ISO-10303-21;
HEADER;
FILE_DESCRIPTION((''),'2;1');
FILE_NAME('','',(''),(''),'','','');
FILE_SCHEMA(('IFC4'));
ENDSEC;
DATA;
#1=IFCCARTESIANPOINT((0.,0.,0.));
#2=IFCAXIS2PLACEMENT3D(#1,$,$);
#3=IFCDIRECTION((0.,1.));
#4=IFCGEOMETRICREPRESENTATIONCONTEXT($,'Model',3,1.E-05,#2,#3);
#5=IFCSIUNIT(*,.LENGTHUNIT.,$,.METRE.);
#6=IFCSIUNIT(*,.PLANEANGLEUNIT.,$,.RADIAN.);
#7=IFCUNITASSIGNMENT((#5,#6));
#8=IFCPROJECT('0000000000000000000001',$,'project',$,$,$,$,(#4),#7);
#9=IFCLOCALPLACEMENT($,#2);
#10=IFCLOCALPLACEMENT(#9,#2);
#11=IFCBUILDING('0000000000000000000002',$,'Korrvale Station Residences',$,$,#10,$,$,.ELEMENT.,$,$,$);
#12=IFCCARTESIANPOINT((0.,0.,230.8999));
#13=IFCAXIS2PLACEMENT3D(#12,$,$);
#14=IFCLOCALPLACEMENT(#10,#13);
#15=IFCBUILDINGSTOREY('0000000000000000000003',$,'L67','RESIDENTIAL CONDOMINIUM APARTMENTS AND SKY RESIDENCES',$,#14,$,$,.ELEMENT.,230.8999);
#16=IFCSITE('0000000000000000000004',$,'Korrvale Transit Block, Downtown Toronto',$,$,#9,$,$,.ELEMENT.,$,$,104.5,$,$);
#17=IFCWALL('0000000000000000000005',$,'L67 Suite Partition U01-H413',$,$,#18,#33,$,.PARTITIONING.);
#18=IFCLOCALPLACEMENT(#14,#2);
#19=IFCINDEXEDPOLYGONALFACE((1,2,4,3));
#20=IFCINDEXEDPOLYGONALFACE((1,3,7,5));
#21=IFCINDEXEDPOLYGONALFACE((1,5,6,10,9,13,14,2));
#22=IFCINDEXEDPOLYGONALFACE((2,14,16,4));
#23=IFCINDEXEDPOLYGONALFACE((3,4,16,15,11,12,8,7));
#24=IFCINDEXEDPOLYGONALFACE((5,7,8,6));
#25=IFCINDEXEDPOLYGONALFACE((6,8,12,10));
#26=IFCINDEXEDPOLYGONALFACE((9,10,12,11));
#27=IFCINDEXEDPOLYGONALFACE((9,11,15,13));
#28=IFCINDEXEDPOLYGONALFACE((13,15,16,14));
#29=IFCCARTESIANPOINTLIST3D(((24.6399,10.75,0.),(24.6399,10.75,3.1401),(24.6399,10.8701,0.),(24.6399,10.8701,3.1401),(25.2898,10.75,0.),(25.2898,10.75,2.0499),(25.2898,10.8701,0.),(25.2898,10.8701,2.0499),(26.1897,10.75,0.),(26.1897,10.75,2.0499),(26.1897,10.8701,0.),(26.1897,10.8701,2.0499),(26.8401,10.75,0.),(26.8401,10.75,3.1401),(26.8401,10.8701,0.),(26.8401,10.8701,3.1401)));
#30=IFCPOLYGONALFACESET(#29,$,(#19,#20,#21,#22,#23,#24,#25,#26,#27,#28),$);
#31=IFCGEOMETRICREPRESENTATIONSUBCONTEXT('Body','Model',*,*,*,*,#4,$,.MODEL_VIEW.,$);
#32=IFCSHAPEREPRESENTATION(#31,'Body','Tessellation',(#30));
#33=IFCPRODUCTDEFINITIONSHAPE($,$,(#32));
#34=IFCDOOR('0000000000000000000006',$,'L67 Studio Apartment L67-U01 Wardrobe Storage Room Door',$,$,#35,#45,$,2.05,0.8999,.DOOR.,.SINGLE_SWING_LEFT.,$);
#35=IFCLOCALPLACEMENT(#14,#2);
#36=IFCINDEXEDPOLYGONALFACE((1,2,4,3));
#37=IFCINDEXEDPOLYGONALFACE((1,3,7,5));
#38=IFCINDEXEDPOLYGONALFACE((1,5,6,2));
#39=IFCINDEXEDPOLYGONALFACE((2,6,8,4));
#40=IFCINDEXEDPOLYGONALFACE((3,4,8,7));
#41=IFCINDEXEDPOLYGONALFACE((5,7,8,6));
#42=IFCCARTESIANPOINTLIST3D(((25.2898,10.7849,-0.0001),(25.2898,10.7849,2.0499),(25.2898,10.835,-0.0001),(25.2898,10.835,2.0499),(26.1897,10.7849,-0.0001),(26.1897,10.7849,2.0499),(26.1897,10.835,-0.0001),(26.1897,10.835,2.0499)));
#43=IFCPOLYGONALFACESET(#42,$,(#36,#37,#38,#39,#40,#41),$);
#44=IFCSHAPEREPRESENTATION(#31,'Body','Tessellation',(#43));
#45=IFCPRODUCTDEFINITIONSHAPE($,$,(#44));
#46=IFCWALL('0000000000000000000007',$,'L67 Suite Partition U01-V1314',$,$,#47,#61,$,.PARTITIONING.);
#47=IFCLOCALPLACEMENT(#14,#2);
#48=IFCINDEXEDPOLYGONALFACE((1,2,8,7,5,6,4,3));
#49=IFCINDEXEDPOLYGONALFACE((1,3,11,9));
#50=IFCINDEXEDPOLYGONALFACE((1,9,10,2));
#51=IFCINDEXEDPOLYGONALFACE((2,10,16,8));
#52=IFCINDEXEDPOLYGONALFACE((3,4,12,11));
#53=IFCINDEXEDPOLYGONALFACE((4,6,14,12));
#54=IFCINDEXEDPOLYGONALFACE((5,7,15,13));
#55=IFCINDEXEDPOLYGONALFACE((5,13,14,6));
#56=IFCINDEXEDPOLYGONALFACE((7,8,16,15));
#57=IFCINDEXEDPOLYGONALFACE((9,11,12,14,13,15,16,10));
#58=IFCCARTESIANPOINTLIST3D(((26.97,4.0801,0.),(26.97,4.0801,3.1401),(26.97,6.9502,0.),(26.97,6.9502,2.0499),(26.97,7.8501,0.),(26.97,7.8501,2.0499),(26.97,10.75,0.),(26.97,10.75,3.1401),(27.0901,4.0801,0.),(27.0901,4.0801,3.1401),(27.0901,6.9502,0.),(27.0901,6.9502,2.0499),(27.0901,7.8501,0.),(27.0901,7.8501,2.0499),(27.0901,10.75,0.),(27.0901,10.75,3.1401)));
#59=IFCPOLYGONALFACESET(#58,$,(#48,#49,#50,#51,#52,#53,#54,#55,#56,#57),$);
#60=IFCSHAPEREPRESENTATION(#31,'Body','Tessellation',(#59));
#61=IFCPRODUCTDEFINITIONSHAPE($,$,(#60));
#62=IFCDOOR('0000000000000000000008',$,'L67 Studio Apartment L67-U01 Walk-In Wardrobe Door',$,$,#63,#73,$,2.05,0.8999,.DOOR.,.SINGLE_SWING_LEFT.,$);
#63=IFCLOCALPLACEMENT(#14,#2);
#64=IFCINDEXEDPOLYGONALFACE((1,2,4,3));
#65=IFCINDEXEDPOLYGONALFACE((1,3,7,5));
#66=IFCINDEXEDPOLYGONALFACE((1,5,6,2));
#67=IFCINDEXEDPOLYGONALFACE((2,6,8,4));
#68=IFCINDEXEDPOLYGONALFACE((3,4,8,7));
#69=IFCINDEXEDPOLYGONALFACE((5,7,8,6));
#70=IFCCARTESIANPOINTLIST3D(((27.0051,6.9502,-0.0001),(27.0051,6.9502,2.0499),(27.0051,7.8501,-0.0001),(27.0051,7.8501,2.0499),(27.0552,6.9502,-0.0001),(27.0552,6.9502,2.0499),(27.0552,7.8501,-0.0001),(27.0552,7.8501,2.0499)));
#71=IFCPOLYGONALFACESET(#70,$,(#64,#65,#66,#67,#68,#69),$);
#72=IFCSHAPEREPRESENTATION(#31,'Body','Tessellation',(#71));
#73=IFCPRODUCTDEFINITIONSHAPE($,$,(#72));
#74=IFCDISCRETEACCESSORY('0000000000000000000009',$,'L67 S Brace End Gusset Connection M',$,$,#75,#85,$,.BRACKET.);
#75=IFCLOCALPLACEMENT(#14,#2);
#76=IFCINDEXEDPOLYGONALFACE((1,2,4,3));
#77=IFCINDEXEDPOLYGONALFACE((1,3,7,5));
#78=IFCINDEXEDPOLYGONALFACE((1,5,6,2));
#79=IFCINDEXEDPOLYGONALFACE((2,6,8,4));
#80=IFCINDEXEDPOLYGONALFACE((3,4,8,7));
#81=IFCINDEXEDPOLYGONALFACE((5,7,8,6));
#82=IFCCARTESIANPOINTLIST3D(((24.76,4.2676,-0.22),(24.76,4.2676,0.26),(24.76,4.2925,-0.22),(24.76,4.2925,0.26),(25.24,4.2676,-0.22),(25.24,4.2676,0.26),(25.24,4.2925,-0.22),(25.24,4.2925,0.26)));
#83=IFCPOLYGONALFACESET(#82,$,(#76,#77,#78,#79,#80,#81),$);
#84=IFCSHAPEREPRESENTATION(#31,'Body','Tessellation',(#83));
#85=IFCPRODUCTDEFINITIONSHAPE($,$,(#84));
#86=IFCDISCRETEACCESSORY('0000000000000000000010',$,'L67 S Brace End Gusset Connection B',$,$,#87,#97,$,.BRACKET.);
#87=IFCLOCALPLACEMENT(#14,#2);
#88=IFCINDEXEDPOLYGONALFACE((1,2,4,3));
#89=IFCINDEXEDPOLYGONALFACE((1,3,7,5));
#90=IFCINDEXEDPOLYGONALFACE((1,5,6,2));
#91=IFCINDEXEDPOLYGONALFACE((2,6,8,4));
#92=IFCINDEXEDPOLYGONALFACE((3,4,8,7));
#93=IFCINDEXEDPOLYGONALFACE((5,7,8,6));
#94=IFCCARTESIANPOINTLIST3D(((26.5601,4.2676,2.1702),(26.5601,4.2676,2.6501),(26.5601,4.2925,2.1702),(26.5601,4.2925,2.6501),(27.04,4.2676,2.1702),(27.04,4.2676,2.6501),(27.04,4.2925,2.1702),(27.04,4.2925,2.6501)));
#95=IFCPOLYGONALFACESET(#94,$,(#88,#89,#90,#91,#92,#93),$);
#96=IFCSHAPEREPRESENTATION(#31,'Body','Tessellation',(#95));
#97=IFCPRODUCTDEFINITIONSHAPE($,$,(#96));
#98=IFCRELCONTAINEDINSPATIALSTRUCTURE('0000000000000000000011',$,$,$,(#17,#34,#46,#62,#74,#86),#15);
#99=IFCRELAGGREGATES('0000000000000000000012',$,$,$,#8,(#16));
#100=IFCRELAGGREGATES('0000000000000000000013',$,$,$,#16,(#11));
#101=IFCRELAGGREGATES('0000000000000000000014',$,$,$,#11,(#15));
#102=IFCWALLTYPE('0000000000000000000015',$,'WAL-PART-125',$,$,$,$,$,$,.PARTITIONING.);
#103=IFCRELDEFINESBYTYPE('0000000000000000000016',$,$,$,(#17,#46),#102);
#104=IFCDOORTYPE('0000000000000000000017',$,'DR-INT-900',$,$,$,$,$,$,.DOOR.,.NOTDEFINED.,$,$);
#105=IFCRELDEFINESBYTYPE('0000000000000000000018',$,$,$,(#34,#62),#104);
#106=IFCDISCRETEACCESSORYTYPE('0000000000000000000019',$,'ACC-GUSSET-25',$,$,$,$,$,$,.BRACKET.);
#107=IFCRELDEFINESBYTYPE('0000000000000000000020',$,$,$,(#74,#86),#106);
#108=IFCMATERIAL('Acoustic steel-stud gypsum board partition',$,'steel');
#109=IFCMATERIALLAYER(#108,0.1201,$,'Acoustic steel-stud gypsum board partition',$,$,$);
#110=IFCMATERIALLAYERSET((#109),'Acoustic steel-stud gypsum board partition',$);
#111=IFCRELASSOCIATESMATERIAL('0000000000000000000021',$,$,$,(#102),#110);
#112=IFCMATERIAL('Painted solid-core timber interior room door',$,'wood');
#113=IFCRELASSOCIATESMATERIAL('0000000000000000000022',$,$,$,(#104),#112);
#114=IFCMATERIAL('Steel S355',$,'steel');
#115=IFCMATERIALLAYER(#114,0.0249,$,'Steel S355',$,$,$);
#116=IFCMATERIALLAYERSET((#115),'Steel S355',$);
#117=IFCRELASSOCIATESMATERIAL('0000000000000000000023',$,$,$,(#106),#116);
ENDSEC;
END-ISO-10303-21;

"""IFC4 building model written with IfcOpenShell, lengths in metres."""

from ifc_helpers import new_model, si_unit, direction, frame, frame_2d, origin, origin_2d, place, context, subcontext, project, spatial, rectangle, extrude, material, layer, layer_set, type_object, element, fill, save


model = new_model("IFC4")

# Units and contexts
model_context = context("Model", 3, precision=1e-05, world=origin(), true_north=direction((0.0, 1.0)))
body_context = subcontext(model_context, "Body", "Model", "MODEL_VIEW")
ifc_project = project(units=[si_unit("LENGTHUNIT", "METRE"), si_unit("PLANEANGLEUNIT", "RADIAN")], contexts=[model_context])

# Site, building, storey
site_placement = place(None, origin())
site = spatial("IfcSite", under=ifc_project, at=site_placement, Name="Korrvale Transit Block, Downtown Toronto", CompositionType="ELEMENT", RefElevation=104.5)
building_placement = place(site_placement, origin())
building = spatial("IfcBuilding", under=site, at=building_placement, Name="Korrvale Station Residences", CompositionType="ELEMENT")
storey_placement = place(building_placement, frame((0.0, 0.0, 230.8999)))
storey = spatial("IfcBuildingStorey", under=building, at=storey_placement, Name="L67", Description="RESIDENTIAL CONDOMINIUM APARTMENTS AND SKY RESIDENCES", CompositionType="ELEMENT", Elevation=230.8999)

# Shared definitions
ifc_material_1 = material(Name="Steel S355", Category="steel")

# Walls, openings, doors
ifc_material_2 = material(Name="Acoustic steel-stud gypsum board partition", Category="steel")
ifc_layer_1 = layer(ifc_material_2, 0.1201, Name="Acoustic steel-stud gypsum board partition")
ifc_layer_set_1 = layer_set([ifc_layer_1], Name="Acoustic steel-stud gypsum board partition")
wall_type = type_object("IfcWallType", Name="WAL-PART-125", PredefinedType="PARTITIONING", material=ifc_layer_set_1)
ifc_material_3 = material(Name="Painted solid-core timber interior room door", Category="wood")
door_type = type_object("IfcDoorType", Name="DR-INT-900", OperationType="NOTDEFINED", PredefinedType="DOOR", material=ifc_material_3)
wall_1_placement = place(storey_placement, frame((24.6399, 10.8101, 0.0), z_axis=(0.0, 0.0, 1.0), x_axis=(1.0, 0.0, 0.0)))
wall_1 = element("IfcWall", 1, at=wall_1_placement, inside=storey, type_object=wall_type, Name="L67 Suite Partition U01-H413", PredefinedType="PARTITIONING", context=body_context, shape_type="SweptSolid", body=[
    extrude(rectangle(XDim=2.2002, YDim=0.1201, at=frame_2d((1.1001, 0.0))), origin(), (0.0, 0.0, 1.0), 3.1401),
])
opening_1_placement = place(wall_1_placement, frame((0.6499, 0.0, 0.0)))
opening_1 = element("IfcOpeningElement", 2, at=opening_1_placement, cuts=wall_1, PredefinedType="OPENING", context=body_context, shape_type="SweptSolid", body=[
    extrude(rectangle(XDim=0.8999, YDim=2.05, at=frame_2d((0.45, 1.0249))), frame((0.0, 0.0701, 0.0), z_axis=(0.0, -1.0, 0.0), x_axis=(1.0, 0.0, 0.0)), (0.0, 0.0, 1.0), 0.1401),
])
door_1_placement = place(opening_1_placement, origin())
door_1 = element("IfcDoor", 3, at=door_1_placement, inside=storey, type_object=door_type, Name="L67 Studio Apartment L67-U01 Wardrobe Storage Room Door", OperationType="SINGLE_SWING_LEFT", OverallHeight=2.05, OverallWidth=0.8999, PredefinedType="DOOR", context=body_context, shape_type="SweptSolid", body=[
    extrude(rectangle(XDim=0.8999, YDim=2.05, at=frame_2d((0.45, 1.0249))), frame((0.0, 0.0249, 0.0), z_axis=(0.0, -1.0, 0.0), x_axis=(1.0, 0.0, 0.0)), (0.0, 0.0, 1.0), 0.05),
])
fill(opening_1, door_1)
wall_2_placement = place(storey_placement, frame((27.03, 4.0801, 0.0), z_axis=(0.0, 0.0, 1.0), x_axis=(0.0, 1.0, 0.0)))
wall_2 = element("IfcWall", 4, at=wall_2_placement, inside=storey, type_object=wall_type, Name="L67 Suite Partition U01-V1314", PredefinedType="PARTITIONING", context=body_context, shape_type="SweptSolid", body=[
    extrude(rectangle(XDim=6.6699, YDim=0.1201, at=frame_2d((3.335, 0.0))), origin(), (0.0, 0.0, 1.0), 3.1401),
])
opening_2_placement = place(wall_2_placement, frame((2.8701, 0.0, 0.0)))
opening_2 = element("IfcOpeningElement", 5, at=opening_2_placement, cuts=wall_2, PredefinedType="OPENING", context=body_context, shape_type="SweptSolid", body=[
    extrude(rectangle(XDim=0.8999, YDim=2.05, at=frame_2d((0.45, 1.0249))), frame((0.0, 0.0701, 0.0), z_axis=(0.0, -1.0, 0.0), x_axis=(1.0, 0.0, 0.0)), (0.0, 0.0, 1.0), 0.1401),
])
door_2_placement = place(opening_2_placement, origin())
door_2 = element("IfcDoor", 6, at=door_2_placement, inside=storey, type_object=door_type, Name="L67 Studio Apartment L67-U01 Walk-In Wardrobe Door", OperationType="SINGLE_SWING_LEFT", OverallHeight=2.05, OverallWidth=0.8999, PredefinedType="DOOR", context=body_context, shape_type="SweptSolid", body=[
    extrude(rectangle(XDim=0.8999, YDim=2.05, at=frame_2d((0.45, 1.0249))), frame((0.0, 0.0249, 0.0), z_axis=(0.0, -1.0, 0.0), x_axis=(1.0, 0.0, 0.0)), (0.0, 0.0, 1.0), 0.05),
])
fill(opening_2, door_2)

# Discrete accessories
ifc_layer_2 = layer(ifc_material_1, 0.0249, Name="Steel S355")
ifc_layer_set_2 = layer_set([ifc_layer_2], Name="Steel S355")
discrete_accessory_type = type_object("IfcDiscreteAccessoryType", Name="ACC-GUSSET-25", PredefinedType="BRACKET", material=ifc_layer_set_2)
for number, where, z_axis, x_axis, name in (
    (7, (25.0, 4.28, -0.22), (0.0, 0.0, 1.0), (1.0, 0.0, 0.0), "L67 S Brace End Gusset Connection M"),
    (8, (26.8, 4.28, 2.1702), (0.0, 0.0, 1.0), (1.0, 0.0, 0.0), "L67 S Brace End Gusset Connection B"),
):
    element("IfcDiscreteAccessory", number, at=place(storey_placement, frame(where, z_axis=z_axis, x_axis=x_axis)), inside=storey, type_object=discrete_accessory_type, Name=name, PredefinedType="BRACKET", context=body_context, shape_type="SweptSolid", body=[
        extrude(rectangle(XDim=0.48, YDim=0.0249, at=origin_2d()), origin(), (0.0, 0.0, 1.0), 0.48),
    ])

save(model, "model.ifc")
